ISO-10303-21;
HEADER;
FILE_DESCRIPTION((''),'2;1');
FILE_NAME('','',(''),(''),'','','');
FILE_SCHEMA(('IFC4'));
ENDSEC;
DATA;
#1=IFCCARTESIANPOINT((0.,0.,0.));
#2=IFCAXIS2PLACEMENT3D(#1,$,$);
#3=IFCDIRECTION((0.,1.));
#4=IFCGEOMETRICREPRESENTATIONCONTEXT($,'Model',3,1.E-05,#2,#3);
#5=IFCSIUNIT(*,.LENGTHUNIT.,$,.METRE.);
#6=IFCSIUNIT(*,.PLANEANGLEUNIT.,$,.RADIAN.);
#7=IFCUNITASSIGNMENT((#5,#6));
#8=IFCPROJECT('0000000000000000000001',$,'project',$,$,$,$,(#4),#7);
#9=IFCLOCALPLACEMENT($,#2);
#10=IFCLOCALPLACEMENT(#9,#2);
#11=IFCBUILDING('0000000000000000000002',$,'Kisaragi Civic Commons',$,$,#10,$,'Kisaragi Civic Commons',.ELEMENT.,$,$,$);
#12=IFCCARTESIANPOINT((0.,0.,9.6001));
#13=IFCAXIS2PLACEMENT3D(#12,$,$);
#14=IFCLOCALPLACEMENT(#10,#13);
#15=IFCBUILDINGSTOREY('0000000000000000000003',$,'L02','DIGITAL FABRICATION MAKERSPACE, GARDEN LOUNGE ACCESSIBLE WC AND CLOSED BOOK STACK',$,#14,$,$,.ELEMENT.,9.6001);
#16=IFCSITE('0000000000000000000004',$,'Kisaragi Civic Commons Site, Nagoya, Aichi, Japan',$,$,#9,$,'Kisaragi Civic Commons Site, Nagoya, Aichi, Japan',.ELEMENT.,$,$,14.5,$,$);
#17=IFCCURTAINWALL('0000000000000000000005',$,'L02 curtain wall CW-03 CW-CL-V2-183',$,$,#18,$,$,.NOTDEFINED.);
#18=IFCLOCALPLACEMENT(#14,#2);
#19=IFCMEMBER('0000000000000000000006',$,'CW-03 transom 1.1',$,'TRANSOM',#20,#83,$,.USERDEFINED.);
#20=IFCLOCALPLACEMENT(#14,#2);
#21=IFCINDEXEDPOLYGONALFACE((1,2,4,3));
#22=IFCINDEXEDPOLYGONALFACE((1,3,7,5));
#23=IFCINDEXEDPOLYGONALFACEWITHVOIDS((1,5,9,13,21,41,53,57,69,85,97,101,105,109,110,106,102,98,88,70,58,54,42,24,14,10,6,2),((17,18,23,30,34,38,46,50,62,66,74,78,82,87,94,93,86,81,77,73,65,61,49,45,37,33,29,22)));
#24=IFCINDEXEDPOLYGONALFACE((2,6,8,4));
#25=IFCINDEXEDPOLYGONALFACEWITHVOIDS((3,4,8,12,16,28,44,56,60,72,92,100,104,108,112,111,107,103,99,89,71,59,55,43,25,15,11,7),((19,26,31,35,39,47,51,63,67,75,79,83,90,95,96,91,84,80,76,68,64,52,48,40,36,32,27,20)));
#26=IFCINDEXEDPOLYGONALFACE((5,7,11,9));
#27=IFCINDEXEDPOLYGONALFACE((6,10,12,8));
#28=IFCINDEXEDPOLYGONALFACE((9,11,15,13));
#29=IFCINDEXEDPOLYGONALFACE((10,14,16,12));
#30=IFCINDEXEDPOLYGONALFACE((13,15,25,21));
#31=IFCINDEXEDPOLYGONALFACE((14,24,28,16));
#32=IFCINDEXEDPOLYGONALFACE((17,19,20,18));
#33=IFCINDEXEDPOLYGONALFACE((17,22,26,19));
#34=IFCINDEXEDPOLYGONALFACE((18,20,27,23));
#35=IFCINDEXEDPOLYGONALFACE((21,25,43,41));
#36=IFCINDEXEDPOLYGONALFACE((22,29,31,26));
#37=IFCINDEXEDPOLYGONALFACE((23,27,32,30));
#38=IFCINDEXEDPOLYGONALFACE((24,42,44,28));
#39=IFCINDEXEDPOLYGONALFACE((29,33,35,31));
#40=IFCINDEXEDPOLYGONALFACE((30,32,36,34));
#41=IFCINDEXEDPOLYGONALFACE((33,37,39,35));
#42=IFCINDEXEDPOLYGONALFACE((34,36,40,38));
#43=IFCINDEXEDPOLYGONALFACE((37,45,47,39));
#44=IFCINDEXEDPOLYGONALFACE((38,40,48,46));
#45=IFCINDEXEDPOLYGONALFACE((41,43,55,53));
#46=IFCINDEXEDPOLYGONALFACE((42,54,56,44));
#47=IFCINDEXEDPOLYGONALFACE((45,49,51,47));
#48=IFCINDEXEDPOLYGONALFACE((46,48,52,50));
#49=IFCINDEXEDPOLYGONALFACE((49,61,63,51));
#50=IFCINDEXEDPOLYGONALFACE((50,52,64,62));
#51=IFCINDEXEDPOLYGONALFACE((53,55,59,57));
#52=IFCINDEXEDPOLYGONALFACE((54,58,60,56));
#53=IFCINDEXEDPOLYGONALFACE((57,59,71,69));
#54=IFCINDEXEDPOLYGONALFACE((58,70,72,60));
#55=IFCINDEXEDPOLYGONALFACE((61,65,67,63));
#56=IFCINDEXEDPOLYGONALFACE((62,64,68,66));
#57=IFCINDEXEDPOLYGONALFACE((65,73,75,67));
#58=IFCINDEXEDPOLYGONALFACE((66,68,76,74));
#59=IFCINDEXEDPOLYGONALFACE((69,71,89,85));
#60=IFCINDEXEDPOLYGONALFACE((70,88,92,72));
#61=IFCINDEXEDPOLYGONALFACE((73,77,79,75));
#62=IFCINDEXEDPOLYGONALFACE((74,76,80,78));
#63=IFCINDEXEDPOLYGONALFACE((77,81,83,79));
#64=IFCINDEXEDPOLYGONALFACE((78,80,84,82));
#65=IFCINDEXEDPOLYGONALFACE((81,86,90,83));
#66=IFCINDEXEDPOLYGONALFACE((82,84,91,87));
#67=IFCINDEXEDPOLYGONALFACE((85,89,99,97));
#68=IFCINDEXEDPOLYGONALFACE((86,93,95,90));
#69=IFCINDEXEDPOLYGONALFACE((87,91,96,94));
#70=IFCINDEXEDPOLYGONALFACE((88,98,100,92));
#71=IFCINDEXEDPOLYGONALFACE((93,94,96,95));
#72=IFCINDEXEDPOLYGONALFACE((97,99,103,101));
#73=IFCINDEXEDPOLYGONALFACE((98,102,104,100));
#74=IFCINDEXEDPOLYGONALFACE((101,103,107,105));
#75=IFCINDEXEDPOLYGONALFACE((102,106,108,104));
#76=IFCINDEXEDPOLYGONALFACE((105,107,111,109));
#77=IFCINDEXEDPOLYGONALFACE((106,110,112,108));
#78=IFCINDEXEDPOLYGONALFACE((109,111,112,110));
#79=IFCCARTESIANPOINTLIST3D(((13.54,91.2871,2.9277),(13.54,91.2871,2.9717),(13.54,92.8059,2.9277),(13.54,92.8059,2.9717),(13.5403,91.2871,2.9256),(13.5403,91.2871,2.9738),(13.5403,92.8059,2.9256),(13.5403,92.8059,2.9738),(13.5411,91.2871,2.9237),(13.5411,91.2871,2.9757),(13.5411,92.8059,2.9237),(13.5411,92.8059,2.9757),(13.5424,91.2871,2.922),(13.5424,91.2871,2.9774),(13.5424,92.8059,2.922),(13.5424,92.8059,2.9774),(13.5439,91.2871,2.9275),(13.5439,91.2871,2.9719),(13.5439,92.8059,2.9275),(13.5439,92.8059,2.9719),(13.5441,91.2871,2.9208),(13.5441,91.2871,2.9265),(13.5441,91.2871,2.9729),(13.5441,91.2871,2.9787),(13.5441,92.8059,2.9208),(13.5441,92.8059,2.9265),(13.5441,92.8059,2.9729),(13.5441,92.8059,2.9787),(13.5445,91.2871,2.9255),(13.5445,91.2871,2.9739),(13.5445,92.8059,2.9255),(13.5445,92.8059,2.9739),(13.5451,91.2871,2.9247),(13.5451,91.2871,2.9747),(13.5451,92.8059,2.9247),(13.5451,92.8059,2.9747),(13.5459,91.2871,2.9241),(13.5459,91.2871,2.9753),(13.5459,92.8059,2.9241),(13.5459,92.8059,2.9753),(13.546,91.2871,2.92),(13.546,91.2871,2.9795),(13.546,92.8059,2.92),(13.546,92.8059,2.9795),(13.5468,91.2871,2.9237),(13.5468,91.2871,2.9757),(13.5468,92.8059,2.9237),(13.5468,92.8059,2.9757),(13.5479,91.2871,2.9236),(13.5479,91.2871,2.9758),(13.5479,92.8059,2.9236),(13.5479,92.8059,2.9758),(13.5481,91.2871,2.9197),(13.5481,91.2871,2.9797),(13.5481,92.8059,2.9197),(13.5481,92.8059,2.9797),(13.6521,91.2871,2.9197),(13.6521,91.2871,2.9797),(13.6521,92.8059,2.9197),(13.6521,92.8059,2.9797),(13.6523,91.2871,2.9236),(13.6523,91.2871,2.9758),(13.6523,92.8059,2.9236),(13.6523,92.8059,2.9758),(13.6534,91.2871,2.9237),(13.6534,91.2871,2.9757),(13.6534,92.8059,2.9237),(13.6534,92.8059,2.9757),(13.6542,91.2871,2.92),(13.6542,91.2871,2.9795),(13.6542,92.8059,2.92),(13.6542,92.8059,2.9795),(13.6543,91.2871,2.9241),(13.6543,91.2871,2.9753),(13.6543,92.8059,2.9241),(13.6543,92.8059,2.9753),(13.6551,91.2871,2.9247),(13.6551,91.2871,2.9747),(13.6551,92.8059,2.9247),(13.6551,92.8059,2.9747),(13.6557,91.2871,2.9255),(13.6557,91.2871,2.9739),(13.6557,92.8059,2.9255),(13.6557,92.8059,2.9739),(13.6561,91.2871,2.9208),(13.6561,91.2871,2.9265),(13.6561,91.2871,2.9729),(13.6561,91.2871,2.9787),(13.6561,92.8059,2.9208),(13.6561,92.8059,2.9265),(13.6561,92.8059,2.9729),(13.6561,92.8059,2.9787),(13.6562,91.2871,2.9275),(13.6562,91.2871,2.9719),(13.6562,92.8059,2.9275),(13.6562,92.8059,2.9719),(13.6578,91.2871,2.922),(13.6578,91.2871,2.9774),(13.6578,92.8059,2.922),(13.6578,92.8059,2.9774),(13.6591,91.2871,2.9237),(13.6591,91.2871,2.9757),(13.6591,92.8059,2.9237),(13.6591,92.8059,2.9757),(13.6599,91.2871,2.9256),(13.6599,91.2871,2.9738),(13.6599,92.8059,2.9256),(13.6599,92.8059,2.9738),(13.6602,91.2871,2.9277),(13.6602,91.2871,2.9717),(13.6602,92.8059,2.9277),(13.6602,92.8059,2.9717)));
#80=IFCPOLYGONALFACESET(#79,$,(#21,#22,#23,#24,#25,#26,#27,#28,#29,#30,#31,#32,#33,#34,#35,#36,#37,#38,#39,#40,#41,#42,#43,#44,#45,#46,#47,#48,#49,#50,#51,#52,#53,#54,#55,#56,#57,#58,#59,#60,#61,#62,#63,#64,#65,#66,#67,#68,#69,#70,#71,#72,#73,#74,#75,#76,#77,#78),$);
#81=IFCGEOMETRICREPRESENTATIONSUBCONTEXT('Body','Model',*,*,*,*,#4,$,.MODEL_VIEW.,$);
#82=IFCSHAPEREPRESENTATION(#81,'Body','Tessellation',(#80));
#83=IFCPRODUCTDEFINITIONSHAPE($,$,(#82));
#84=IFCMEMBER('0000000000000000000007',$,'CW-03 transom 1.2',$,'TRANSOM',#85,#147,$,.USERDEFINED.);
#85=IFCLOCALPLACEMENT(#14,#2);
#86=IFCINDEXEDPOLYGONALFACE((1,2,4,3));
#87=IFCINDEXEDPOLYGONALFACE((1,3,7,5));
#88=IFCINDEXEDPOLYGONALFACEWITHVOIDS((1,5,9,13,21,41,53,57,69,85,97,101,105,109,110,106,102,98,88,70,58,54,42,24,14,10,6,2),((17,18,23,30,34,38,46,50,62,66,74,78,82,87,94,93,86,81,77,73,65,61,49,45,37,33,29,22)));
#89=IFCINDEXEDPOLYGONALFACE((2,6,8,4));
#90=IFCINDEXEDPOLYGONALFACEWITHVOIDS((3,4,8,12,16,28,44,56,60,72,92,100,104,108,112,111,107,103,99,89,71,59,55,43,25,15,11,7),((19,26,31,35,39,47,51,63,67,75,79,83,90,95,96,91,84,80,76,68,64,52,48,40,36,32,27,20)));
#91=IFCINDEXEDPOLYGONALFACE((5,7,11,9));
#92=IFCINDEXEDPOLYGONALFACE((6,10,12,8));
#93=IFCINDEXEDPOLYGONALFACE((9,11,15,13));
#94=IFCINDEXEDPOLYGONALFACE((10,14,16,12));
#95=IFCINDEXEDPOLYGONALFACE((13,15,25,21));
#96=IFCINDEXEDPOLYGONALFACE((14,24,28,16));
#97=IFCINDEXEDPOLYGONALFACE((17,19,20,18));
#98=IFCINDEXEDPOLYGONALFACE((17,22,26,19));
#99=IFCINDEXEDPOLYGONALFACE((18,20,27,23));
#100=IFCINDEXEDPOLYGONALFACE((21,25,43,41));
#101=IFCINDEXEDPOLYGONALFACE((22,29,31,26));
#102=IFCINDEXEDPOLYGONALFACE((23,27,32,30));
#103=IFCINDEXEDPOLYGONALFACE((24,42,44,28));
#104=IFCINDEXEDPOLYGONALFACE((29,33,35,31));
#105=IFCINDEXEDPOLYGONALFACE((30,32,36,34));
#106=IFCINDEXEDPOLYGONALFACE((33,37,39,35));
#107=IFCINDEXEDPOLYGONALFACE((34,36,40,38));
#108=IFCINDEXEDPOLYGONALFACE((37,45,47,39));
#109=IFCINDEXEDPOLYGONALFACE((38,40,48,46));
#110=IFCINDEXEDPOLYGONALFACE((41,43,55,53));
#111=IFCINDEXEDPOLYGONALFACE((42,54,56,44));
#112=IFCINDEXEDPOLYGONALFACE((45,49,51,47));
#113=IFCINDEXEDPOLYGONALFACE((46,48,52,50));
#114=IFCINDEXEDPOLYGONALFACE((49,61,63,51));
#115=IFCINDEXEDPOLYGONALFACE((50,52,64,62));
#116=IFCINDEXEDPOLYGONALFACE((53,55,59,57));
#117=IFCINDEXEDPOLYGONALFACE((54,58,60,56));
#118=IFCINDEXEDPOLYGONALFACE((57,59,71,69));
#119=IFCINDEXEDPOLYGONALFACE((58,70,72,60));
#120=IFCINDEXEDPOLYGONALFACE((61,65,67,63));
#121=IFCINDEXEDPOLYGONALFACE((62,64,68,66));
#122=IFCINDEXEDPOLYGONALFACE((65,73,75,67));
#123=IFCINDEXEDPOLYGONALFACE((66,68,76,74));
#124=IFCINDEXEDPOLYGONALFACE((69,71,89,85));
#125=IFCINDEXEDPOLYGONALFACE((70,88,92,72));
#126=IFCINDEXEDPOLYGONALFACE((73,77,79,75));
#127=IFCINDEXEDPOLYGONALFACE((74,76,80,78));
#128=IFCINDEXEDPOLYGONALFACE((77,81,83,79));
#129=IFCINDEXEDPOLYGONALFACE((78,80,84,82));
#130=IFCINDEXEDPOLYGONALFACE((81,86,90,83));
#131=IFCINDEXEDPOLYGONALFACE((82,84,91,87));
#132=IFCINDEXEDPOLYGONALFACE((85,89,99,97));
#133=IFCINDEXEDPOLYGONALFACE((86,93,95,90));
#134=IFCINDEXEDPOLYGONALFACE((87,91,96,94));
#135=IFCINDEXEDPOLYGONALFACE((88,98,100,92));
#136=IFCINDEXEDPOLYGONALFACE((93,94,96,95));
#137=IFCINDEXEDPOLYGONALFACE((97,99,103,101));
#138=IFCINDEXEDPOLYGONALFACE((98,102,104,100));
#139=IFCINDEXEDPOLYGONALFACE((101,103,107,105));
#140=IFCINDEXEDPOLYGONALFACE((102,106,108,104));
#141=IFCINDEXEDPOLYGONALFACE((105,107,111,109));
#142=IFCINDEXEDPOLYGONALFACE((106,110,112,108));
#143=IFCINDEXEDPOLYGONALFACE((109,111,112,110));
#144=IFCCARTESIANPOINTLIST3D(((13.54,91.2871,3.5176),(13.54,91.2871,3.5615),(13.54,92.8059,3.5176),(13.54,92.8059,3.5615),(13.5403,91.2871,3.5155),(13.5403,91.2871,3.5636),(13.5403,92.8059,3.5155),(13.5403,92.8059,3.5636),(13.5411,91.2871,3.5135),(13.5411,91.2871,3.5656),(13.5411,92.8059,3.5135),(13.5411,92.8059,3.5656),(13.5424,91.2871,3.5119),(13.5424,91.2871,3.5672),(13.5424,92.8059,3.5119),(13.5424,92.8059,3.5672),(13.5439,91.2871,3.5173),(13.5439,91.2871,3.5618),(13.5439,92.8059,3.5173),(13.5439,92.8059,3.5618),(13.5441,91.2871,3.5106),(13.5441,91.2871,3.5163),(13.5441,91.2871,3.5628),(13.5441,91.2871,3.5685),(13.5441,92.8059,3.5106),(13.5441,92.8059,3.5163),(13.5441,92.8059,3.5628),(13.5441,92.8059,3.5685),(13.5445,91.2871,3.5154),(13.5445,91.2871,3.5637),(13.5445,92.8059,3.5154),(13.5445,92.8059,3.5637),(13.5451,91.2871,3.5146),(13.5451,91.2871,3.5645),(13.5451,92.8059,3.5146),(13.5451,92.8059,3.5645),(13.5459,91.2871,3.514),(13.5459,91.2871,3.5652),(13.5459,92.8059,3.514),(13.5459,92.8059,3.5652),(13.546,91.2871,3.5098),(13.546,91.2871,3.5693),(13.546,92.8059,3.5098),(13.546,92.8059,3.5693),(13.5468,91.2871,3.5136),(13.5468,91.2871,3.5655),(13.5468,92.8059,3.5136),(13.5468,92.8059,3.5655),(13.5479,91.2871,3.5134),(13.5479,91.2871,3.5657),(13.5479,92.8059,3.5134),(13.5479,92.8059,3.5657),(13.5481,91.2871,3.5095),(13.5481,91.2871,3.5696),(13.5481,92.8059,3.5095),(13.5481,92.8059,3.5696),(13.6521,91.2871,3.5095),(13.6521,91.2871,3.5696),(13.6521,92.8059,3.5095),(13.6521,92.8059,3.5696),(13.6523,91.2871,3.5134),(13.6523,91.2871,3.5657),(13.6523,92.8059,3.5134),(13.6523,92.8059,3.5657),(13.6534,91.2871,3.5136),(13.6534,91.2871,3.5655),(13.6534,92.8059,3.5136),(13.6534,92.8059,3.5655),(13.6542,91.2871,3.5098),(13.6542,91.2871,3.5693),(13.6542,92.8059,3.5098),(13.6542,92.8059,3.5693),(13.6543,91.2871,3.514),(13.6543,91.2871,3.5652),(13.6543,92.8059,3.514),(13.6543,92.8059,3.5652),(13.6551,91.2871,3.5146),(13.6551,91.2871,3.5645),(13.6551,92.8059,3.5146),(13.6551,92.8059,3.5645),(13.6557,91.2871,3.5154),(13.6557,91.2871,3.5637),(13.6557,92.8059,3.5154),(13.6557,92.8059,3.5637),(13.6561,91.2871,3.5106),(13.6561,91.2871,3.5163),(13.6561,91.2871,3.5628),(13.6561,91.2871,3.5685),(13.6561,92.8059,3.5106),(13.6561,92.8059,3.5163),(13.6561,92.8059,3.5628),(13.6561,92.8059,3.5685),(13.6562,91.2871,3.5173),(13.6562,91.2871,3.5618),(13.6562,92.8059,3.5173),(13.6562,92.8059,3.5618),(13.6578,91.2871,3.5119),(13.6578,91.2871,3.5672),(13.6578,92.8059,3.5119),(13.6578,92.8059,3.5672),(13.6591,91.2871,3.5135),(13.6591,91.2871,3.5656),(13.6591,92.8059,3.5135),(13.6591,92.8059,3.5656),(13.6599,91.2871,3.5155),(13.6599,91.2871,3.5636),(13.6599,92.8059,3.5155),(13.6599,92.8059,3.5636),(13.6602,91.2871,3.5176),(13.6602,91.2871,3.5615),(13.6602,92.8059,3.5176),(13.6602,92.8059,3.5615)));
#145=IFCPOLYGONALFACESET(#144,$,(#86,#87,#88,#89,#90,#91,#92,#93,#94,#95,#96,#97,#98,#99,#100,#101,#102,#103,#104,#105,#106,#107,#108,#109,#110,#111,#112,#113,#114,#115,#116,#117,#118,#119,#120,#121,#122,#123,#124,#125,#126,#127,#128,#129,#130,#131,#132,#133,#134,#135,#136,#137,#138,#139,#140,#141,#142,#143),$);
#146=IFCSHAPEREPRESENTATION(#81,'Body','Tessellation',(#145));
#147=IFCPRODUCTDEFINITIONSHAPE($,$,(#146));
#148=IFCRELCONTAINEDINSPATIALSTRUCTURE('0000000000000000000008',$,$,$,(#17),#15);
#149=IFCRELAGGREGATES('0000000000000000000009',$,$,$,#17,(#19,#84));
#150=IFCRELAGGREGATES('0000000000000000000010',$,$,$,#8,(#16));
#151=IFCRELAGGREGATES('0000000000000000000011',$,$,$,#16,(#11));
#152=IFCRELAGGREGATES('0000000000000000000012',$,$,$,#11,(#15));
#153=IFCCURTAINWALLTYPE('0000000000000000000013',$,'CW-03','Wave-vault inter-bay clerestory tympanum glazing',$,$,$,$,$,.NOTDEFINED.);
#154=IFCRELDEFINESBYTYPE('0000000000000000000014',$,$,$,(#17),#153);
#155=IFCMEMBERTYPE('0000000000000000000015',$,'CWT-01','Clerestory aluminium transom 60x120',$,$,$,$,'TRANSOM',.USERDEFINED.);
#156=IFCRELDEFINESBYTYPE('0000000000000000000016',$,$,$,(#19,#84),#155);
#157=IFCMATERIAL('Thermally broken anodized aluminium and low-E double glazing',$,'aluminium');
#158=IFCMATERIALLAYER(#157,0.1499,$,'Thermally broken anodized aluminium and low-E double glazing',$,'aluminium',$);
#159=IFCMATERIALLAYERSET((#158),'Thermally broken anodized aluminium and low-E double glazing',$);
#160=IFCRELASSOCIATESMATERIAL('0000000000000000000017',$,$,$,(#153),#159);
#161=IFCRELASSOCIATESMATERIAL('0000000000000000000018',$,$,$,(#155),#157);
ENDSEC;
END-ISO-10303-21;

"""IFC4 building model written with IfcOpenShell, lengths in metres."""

from ifc_helpers import new_model, si_unit, direction, frame, origin, origin_2d, place, context, subcontext, project, spatial, hollow_rectangle, extrude, material, layer, layer_set, material_profile, profile_set, type_object, element, aggregate, save


model = new_model("IFC4")

# Units and contexts
model_context = context("Model", 3, precision=1e-05, world=origin(), true_north=direction((0.0, 1.0)))
body_context = subcontext(model_context, "Body", "Model", "MODEL_VIEW")
ifc_project = project(units=[si_unit("LENGTHUNIT", "METRE"), si_unit("PLANEANGLEUNIT", "RADIAN")], contexts=[model_context])

# Site, building, storey
site_placement = place(None, origin())
site = spatial("IfcSite", under=ifc_project, at=site_placement, Name="Kisaragi Civic Commons Site, Nagoya, Aichi, Japan", LongName="Kisaragi Civic Commons Site, Nagoya, Aichi, Japan", CompositionType="ELEMENT", RefElevation=14.5)
building_placement = place(site_placement, origin())
building = spatial("IfcBuilding", under=site, at=building_placement, Name="Kisaragi Civic Commons", LongName="Kisaragi Civic Commons", CompositionType="ELEMENT")
storey_placement = place(building_placement, frame((0.0, 0.0, 9.6001)))
storey = spatial("IfcBuildingStorey", under=building, at=storey_placement, Name="L02", Description="DIGITAL FABRICATION MAKERSPACE, GARDEN LOUNGE ACCESSIBLE WC AND CLOSED BOOK STACK", CompositionType="ELEMENT", Elevation=9.6001)

# Curtain wall
ifc_material_1 = material(Name="Thermally broken anodized aluminium and low-E double glazing", Category="aluminium")
ifc_layer_1 = layer(ifc_material_1, 0.1499, Name="Thermally broken anodized aluminium and low-E double glazing", Category="aluminium")
ifc_layer_set_1 = layer_set([ifc_layer_1], Name="Thermally broken anodized aluminium and low-E double glazing")
curtain_wall_type = type_object("IfcCurtainWallType", Name="CW-03", Description="Wave-vault inter-bay clerestory tympanum glazing", PredefinedType="NOTDEFINED", material=ifc_layer_set_1)
curtain_wall_1_placement = place(storey_placement, origin())
curtain_wall_1 = element("IfcCurtainWall", 1, at=curtain_wall_1_placement, inside=storey, type_object=curtain_wall_type, Name="L02 curtain wall CW-03 CW-CL-V2-183", PredefinedType="NOTDEFINED")

# Members
ifc_material_profile_1 = material_profile(ifc_material_1, hollow_rectangle(XDim=0.1201, YDim=0.0601, WallThickness=0.0039, InnerFilletRadius=0.0039, OuterFilletRadius=0.0081, at=origin_2d()), Name="CWT-60x120x4", Category="aluminium")
ifc_profile_set_1 = profile_set([ifc_material_profile_1], Name="Thermally broken anodized aluminium and low-E double glazing")
member_type_1 = type_object("IfcMemberType", Name="CWT-01", Description="Clerestory aluminium transom 60x120", ElementType="TRANSOM", PredefinedType="USERDEFINED", material=ifc_profile_set_1)
member_1_placement = place(storey_placement, frame((13.6001, 91.2871, 2.9497), z_axis=(0.0, 1.0, 0.0), x_axis=(-1.0, 0.0, 0.0)))
member_1 = element("IfcMember", 2, at=member_1_placement, type_object=member_type_1, Name="CW-03 transom 1.1", ObjectType="TRANSOM", PredefinedType="USERDEFINED", context=body_context, shape_type="SweptSolid", body=[
    extrude(hollow_rectangle(XDim=0.1201, YDim=0.0601, WallThickness=0.0039, InnerFilletRadius=0.0039, OuterFilletRadius=0.0081, at=origin_2d()), origin(), (0.0, 0.0, 1.0), 1.5188),
])
member_2_placement = place(storey_placement, frame((13.6001, 91.2871, 3.5396), z_axis=(0.0, 1.0, 0.0), x_axis=(-1.0, 0.0, 0.0)))
member_2 = element("IfcMember", 3, at=member_2_placement, type_object=member_type_1, Name="CW-03 transom 1.2", ObjectType="TRANSOM", PredefinedType="USERDEFINED", context=body_context, shape_type="SweptSolid", body=[
    extrude(hollow_rectangle(XDim=0.1201, YDim=0.0601, WallThickness=0.0039, InnerFilletRadius=0.0039, OuterFilletRadius=0.0081, at=origin_2d()), origin(), (0.0, 0.0, 1.0), 1.5188),
])

aggregate(curtain_wall_1, [member_1, member_2])

save(model, "model.ifc")
